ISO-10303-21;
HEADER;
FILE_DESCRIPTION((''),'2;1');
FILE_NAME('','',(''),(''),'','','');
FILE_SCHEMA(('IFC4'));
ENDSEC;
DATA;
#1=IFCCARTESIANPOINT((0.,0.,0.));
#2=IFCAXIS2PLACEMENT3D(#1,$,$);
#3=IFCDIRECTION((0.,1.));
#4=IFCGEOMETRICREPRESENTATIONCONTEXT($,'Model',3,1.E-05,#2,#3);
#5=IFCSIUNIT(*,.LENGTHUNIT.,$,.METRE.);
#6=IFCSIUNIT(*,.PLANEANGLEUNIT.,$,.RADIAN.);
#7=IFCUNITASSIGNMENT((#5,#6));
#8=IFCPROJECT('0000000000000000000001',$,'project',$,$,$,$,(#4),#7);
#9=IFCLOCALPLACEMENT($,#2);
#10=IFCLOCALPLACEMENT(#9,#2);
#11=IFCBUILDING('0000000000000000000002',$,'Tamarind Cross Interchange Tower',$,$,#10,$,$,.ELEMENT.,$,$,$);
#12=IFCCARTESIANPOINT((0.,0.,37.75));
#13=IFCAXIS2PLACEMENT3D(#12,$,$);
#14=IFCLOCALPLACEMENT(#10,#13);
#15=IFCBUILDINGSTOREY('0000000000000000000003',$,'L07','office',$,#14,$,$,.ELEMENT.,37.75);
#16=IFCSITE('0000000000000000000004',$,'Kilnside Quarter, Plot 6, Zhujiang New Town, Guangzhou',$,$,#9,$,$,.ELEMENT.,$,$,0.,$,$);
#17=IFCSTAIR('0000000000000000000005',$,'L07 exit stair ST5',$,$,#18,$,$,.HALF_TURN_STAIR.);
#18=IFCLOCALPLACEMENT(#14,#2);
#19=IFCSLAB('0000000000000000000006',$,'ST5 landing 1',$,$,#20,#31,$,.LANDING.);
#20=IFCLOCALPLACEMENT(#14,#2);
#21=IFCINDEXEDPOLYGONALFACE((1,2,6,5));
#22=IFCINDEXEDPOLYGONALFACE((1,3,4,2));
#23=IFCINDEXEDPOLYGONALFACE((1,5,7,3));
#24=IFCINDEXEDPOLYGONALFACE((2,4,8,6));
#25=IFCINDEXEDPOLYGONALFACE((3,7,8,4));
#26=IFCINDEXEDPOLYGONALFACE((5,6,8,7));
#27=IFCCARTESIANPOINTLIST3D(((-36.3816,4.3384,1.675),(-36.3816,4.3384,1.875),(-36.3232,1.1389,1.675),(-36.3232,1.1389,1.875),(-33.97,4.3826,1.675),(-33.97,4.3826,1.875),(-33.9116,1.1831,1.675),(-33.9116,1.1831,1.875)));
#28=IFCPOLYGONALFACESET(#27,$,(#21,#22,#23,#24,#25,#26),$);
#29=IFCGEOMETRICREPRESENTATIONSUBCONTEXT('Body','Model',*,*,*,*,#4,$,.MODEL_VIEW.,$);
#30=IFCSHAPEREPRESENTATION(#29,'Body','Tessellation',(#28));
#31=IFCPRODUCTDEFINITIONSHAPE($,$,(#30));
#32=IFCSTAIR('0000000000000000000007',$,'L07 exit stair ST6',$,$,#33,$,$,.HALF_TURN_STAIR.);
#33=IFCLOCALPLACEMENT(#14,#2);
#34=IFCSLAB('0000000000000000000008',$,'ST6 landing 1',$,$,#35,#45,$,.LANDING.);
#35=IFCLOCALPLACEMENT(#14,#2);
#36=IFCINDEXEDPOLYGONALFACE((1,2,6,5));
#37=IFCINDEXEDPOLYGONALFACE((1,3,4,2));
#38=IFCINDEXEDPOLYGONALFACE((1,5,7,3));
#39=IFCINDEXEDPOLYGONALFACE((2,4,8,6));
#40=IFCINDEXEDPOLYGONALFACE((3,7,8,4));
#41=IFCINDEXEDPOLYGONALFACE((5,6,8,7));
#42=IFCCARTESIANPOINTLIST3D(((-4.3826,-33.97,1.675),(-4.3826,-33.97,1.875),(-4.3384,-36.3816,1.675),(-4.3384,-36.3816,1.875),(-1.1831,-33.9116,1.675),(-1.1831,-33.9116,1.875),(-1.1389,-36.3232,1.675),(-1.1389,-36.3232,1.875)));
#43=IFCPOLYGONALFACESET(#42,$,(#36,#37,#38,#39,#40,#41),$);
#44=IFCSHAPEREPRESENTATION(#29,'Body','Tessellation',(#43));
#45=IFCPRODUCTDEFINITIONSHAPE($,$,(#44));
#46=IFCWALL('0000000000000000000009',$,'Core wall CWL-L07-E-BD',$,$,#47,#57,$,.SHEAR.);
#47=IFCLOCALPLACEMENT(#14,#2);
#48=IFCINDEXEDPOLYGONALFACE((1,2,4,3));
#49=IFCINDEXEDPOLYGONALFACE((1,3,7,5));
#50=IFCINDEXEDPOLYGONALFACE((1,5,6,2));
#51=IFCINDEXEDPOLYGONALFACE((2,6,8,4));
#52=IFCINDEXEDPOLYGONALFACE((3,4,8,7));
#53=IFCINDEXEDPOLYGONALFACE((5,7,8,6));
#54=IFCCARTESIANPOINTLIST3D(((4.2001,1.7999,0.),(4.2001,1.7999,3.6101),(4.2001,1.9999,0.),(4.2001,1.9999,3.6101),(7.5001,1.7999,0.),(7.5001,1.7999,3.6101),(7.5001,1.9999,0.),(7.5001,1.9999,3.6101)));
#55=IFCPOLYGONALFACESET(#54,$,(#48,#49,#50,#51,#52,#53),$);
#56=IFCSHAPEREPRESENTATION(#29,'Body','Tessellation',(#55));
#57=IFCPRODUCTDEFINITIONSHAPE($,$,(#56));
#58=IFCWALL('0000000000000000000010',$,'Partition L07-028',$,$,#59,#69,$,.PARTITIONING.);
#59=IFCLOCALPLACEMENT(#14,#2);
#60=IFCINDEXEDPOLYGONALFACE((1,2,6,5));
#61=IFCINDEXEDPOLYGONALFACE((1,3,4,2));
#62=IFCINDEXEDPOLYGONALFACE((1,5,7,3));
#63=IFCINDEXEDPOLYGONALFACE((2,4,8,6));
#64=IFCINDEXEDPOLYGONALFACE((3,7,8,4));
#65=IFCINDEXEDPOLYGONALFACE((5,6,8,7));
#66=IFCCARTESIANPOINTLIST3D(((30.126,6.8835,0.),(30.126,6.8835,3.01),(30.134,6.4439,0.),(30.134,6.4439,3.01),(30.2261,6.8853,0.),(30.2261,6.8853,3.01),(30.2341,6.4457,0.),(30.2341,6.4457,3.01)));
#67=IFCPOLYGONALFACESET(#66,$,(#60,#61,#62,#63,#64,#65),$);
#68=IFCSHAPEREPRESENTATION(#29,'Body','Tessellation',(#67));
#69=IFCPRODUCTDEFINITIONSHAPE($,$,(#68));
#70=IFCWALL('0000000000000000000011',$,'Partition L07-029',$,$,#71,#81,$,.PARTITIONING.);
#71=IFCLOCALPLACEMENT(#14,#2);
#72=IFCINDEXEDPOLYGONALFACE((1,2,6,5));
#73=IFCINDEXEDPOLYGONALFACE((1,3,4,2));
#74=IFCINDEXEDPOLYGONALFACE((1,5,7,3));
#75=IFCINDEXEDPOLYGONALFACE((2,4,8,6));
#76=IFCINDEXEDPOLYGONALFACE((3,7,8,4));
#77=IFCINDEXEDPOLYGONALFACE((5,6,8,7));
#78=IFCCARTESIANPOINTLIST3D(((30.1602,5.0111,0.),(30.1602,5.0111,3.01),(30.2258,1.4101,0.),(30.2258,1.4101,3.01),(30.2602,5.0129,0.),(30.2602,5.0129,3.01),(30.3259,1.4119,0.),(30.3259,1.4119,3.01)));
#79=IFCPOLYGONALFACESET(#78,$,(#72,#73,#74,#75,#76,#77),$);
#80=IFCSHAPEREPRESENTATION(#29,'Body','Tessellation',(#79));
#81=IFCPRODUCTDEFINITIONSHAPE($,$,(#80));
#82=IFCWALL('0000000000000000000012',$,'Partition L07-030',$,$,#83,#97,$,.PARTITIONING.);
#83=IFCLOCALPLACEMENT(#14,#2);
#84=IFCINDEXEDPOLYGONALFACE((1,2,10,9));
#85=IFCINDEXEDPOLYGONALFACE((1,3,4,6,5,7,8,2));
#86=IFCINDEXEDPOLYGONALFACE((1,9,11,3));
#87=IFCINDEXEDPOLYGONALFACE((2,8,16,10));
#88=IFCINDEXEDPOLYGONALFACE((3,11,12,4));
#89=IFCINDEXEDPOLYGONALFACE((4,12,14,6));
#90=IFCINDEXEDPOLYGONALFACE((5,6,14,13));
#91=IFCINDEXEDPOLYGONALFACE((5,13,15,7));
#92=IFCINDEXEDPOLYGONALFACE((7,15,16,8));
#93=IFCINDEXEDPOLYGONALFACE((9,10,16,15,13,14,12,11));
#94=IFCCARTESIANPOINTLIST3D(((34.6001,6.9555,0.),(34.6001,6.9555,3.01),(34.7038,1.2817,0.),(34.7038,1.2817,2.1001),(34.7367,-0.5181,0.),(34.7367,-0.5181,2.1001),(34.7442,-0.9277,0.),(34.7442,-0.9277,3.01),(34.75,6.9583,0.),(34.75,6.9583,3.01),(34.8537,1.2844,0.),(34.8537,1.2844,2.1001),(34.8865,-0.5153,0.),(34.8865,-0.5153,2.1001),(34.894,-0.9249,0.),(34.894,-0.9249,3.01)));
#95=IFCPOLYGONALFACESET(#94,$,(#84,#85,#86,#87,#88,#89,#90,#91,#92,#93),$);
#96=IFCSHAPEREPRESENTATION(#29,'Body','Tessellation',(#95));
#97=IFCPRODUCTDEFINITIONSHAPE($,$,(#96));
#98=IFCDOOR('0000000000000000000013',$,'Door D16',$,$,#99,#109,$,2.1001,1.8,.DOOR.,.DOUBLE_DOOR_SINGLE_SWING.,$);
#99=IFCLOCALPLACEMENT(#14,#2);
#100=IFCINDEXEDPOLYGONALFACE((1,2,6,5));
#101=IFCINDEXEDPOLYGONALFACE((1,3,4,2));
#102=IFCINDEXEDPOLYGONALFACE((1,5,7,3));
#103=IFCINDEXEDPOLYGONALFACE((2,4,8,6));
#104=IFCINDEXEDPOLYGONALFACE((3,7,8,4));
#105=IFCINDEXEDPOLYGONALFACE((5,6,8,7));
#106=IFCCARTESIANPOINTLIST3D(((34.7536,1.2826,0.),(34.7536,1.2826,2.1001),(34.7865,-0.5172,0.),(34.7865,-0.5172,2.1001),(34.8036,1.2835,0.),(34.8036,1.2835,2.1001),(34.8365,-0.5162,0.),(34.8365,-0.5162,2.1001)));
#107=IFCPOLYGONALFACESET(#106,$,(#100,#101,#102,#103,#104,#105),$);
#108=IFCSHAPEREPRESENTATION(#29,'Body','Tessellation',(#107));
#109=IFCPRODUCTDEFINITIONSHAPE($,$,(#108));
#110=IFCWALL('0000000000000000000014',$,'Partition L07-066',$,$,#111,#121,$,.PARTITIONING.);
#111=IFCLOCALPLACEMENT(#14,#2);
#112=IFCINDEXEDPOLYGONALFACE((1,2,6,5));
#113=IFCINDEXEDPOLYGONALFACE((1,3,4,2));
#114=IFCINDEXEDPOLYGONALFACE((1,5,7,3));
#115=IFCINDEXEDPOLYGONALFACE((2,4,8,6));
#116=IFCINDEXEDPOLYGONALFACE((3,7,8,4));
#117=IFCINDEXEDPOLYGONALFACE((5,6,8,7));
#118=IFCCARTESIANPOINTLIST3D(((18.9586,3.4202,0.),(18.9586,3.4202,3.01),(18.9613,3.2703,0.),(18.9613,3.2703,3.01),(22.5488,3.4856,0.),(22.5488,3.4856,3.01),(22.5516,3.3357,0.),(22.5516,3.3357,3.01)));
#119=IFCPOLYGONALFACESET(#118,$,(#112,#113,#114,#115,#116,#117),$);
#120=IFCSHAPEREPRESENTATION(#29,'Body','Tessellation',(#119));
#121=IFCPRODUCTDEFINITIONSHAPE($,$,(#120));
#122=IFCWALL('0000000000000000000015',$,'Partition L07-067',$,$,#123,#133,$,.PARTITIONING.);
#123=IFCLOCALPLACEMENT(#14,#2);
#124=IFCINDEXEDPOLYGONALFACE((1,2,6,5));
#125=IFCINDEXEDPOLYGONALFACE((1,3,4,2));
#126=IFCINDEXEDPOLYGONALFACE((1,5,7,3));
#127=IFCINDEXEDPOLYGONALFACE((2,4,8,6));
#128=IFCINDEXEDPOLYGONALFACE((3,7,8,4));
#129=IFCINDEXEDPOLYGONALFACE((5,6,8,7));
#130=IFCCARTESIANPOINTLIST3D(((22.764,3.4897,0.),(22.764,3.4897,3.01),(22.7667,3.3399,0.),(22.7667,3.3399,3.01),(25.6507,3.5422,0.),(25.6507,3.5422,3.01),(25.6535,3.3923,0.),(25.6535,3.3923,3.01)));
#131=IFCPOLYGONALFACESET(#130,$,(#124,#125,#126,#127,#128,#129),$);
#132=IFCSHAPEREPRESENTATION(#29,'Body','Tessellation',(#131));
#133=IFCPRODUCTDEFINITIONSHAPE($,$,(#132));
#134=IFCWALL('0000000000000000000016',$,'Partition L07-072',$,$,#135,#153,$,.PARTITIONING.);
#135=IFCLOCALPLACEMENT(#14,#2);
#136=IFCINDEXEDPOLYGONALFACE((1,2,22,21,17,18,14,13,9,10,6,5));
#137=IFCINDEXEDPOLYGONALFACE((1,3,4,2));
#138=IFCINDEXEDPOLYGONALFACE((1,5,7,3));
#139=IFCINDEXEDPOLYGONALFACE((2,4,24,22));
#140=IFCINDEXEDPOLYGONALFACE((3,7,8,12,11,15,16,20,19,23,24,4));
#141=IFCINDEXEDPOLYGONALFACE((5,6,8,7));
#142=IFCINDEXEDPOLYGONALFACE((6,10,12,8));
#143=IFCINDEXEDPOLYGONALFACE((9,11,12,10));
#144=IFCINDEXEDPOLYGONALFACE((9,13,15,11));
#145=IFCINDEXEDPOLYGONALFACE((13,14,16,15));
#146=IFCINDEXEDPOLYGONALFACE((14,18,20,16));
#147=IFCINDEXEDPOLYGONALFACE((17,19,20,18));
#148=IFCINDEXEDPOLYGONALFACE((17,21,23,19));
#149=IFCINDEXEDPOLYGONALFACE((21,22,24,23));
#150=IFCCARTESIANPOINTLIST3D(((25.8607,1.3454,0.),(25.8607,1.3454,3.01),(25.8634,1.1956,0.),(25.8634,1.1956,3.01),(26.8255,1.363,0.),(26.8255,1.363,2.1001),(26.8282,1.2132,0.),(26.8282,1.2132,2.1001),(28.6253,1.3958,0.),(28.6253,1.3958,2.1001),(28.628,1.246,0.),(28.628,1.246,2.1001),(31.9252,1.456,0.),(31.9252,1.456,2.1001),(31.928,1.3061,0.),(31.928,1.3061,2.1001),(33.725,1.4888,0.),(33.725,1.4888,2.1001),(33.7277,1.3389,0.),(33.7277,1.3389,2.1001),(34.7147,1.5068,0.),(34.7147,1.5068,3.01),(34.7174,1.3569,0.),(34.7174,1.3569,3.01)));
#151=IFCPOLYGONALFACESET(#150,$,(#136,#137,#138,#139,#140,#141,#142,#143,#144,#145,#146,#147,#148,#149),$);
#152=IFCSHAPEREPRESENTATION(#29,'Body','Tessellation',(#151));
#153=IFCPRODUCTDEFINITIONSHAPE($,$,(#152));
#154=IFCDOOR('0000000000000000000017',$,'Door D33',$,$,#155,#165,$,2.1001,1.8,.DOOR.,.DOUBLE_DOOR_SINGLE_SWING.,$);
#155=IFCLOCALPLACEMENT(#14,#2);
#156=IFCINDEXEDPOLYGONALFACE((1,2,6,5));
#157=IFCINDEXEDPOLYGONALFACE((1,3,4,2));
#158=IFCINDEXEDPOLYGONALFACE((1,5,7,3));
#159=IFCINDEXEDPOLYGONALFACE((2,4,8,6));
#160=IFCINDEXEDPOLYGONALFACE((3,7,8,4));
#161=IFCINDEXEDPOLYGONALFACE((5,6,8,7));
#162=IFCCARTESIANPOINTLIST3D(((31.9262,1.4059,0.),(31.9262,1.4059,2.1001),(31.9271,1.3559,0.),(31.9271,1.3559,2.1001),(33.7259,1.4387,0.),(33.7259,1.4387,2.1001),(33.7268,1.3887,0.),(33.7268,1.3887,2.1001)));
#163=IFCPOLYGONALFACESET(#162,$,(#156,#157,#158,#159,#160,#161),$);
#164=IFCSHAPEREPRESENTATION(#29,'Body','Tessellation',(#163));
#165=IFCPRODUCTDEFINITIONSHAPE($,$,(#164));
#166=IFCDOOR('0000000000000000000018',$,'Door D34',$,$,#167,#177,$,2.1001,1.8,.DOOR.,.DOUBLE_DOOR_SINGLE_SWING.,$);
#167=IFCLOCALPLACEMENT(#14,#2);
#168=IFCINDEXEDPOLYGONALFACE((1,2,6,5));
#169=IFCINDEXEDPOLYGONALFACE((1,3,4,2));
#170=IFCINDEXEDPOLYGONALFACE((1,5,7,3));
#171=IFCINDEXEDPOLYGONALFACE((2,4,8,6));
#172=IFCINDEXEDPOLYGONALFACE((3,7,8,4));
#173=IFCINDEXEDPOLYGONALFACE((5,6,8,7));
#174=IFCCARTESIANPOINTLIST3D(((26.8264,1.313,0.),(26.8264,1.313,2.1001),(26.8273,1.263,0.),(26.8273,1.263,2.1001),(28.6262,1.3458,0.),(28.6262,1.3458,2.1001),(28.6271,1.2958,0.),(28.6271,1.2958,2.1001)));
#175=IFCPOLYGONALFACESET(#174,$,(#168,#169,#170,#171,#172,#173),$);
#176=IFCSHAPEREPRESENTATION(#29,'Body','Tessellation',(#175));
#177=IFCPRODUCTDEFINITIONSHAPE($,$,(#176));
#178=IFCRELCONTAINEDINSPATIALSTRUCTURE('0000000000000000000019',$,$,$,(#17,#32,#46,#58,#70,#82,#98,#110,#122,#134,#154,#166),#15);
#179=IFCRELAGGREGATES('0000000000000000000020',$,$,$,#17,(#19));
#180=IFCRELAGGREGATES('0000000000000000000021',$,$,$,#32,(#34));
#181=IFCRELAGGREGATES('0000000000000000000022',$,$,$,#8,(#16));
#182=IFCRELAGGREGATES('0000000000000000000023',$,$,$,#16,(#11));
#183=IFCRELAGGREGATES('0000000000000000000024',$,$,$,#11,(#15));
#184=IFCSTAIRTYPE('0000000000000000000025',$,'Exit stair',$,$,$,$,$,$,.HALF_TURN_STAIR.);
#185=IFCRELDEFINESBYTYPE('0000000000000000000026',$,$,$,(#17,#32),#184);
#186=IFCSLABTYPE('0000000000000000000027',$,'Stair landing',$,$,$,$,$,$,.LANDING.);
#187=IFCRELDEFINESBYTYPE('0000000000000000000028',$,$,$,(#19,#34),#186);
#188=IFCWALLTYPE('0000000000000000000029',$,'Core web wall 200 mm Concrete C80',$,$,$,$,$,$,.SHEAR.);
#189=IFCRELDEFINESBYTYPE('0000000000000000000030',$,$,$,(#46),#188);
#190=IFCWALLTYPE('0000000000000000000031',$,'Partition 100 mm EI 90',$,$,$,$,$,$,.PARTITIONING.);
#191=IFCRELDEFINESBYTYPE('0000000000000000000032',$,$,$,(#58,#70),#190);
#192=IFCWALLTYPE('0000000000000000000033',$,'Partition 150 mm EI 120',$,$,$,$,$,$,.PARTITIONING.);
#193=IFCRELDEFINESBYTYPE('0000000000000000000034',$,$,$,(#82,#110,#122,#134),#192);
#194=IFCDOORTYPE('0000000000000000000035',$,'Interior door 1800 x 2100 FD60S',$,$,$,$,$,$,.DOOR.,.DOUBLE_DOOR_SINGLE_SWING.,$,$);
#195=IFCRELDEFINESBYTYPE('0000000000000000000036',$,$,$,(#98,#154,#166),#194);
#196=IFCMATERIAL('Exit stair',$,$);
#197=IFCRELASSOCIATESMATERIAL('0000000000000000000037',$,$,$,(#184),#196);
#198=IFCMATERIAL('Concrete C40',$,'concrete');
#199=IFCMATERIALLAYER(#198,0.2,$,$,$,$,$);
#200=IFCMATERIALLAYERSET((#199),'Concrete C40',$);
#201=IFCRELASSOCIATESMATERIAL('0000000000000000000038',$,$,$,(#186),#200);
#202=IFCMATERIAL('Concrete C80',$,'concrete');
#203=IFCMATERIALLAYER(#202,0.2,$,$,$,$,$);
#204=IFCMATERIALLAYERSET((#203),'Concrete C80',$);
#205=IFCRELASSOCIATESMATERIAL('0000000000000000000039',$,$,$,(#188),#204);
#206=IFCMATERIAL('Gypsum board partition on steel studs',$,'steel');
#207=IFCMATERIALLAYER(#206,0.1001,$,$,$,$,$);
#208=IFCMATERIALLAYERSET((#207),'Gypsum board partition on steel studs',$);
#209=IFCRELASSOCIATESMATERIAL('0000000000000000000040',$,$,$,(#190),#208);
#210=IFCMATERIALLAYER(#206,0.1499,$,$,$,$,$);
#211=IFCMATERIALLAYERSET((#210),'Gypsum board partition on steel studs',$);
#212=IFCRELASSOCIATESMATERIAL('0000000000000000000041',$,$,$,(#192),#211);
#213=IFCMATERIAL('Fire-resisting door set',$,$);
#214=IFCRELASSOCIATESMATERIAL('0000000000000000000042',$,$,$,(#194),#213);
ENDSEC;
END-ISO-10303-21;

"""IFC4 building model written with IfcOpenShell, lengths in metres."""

from ifc_helpers import new_model, si_unit, direction, frame, frame_2d, origin, place, context, subcontext, project, spatial, polyline, rectangle, outline, extrude, material, layer, layer_set, type_object, element, fill, aggregate, save


model = new_model("IFC4")

# Units and contexts
model_context = context("Model", 3, precision=1e-05, world=origin(), true_north=direction((0.0, 1.0)))
body_context = subcontext(model_context, "Body", "Model", "MODEL_VIEW")
ifc_project = project(units=[si_unit("LENGTHUNIT", "METRE"), si_unit("PLANEANGLEUNIT", "RADIAN")], contexts=[model_context])

# Site, building, storey
site_placement = place(None, origin())
site = spatial("IfcSite", under=ifc_project, at=site_placement, Name="Kilnside Quarter, Plot 6, Zhujiang New Town, Guangzhou", CompositionType="ELEMENT", RefElevation=0.0)
building_placement = place(site_placement, origin())
building = spatial("IfcBuilding", under=site, at=building_placement, Name="Tamarind Cross Interchange Tower", CompositionType="ELEMENT")
storey_placement = place(building_placement, frame((0.0, 0.0, 37.75)))
storey = spatial("IfcBuildingStorey", under=building, at=storey_placement, Name="L07", Description="office", CompositionType="ELEMENT", Elevation=37.75)

# Stairs, slabs
ifc_material_1 = material(Name="Exit stair")
stair_type = type_object("IfcStairType", Name="Exit stair", PredefinedType="HALF_TURN_STAIR", material=ifc_material_1)
ifc_material_2 = material(Name="Concrete C40", Category="concrete")
ifc_layer_1 = layer(ifc_material_2, 0.2)
ifc_layer_set_1 = layer_set([ifc_layer_1], Name="Concrete C40")
slab_type = type_object("IfcSlabType", Name="Stair landing", PredefinedType="LANDING", material=ifc_layer_set_1)
stair_1_placement = place(storey_placement, origin())
stair_1 = element("IfcStair", 1, at=stair_1_placement, inside=storey, type_object=stair_type, Name="L07 exit stair ST5", PredefinedType="HALF_TURN_STAIR")
slab_1_placement = place(storey_placement, frame((0.0, 0.0, 1.675)))
slab_1 = element("IfcSlab", 2, at=slab_1_placement, type_object=slab_type, Name="ST5 landing 1", PredefinedType="LANDING", context=body_context, shape_type="SweptSolid", body=[
    extrude(outline(polyline([(-33.97, 4.3826), (-36.3816, 4.3384), (-36.3232, 1.1389), (-33.9116, 1.1831), (-33.97, 4.3826)])), origin(), (0.0, 0.0, 1.0), 0.2),
])
aggregate(stair_1, [slab_1])
stair_2_placement = place(storey_placement, origin())
stair_2 = element("IfcStair", 3, at=stair_2_placement, inside=storey, type_object=stair_type, Name="L07 exit stair ST6", PredefinedType="HALF_TURN_STAIR")
slab_2_placement = place(storey_placement, frame((0.0, 0.0, 1.675)))
slab_2 = element("IfcSlab", 4, at=slab_2_placement, type_object=slab_type, Name="ST6 landing 1", PredefinedType="LANDING", context=body_context, shape_type="SweptSolid", body=[
    extrude(outline(polyline([(-4.3826, -33.97), (-4.3384, -36.3816), (-1.1389, -36.3232), (-1.1831, -33.9116), (-4.3826, -33.97)])), origin(), (0.0, 0.0, 1.0), 0.2),
])
aggregate(stair_2, [slab_2])

# Walls
ifc_material_3 = material(Name="Concrete C80", Category="concrete")
ifc_layer_2 = layer(ifc_material_3, 0.2)
ifc_layer_set_2 = layer_set([ifc_layer_2], Name="Concrete C80")
wall_type_1 = type_object("IfcWallType", Name="Core web wall 200 mm Concrete C80", PredefinedType="SHEAR", material=ifc_layer_set_2)
wall_1_placement = place(storey_placement, frame((7.5, 1.8999, 0.0), z_axis=(0.0, 0.0, 1.0), x_axis=(-1.0, 0.0, 0.0)))
element("IfcWall", 5, at=wall_1_placement, inside=storey, type_object=wall_type_1, Name="Core wall CWL-L07-E-BD", PredefinedType="SHEAR", context=body_context, shape_type="SweptSolid", body=[
    extrude(rectangle(XDim=3.3, YDim=0.2, at=frame_2d((1.6499, 0.0))), origin(), (0.0, 0.0, 1.0), 3.6101),
])
ifc_material_4 = material(Name="Gypsum board partition on steel studs", Category="steel")
ifc_layer_3 = layer(ifc_material_4, 0.1001)
ifc_layer_set_3 = layer_set([ifc_layer_3], Name="Gypsum board partition on steel studs")
wall_type_2 = type_object("IfcWallType", Name="Partition 100 mm EI 90", PredefinedType="PARTITIONING", material=ifc_layer_set_3)
wall_2_placement = place(storey_placement, frame((30.176, 6.8843, 0.0), z_axis=(0.0, 0.0, 1.0), x_axis=(0.01832, -0.999832, 0.0)))
element("IfcWall", 6, at=wall_2_placement, inside=storey, type_object=wall_type_2, Name="Partition L07-028", PredefinedType="PARTITIONING", context=body_context, shape_type="SweptSolid", body=[
    extrude(rectangle(XDim=0.4397, YDim=0.1001, at=frame_2d((0.2197, 0.0))), origin(), (0.0, 0.0, 1.0), 3.01),
])
wall_3_placement = place(storey_placement, frame((30.2102, 5.012, 0.0), z_axis=(0.0, 0.0, 1.0), x_axis=(0.018234, -0.999834, 0.0)))
element("IfcWall", 7, at=wall_3_placement, inside=storey, type_object=wall_type_2, Name="Partition L07-029", PredefinedType="PARTITIONING", context=body_context, shape_type="SweptSolid", body=[
    extrude(rectangle(XDim=3.6016, YDim=0.1001, at=frame_2d((1.8008, 0.0))), origin(), (0.0, 0.0, 1.0), 3.01),
])

# Wall, opening, door
ifc_layer_4 = layer(ifc_material_4, 0.1499)
ifc_layer_set_4 = layer_set([ifc_layer_4], Name="Gypsum board partition on steel studs")
wall_type_3 = type_object("IfcWallType", Name="Partition 150 mm EI 120", PredefinedType="PARTITIONING", material=ifc_layer_set_4)
wall_4_placement = place(storey_placement, frame((34.675, 6.957, 0.0), z_axis=(0.0, 0.0, 1.0), x_axis=(0.018269, -0.999833, 0.0)))
wall_4 = element("IfcWall", 8, at=wall_4_placement, inside=storey, type_object=wall_type_3, Name="Partition L07-030", PredefinedType="PARTITIONING", context=body_context, shape_type="SweptSolid", body=[
    extrude(rectangle(XDim=7.8845, YDim=0.1499, at=frame_2d((3.9424, 0.0))), origin(), (0.0, 0.0, 1.0), 3.01),
])
opening_1_placement = place(wall_4_placement, frame((5.675, 0.0, 0.0)))
opening_1 = element("IfcOpeningElement", 9, at=opening_1_placement, cuts=wall_4, PredefinedType="OPENING", context=body_context, shape_type="SweptSolid", body=[
    extrude(rectangle(XDim=1.8, YDim=2.1001, at=frame_2d((0.8999, 1.05))), frame((0.0, 0.085, 0.0), z_axis=(0.0, -1.0, 0.0), x_axis=(1.0, 0.0, 0.0)), (0.0, 0.0, 1.0), 0.1699),
])
ifc_material_5 = material(Name="Fire-resisting door set")
door_type_1 = type_object("IfcDoorType", Name="Interior door 1800 x 2100 FD60S", OperationType="DOUBLE_DOOR_SINGLE_SWING", PredefinedType="DOOR", material=ifc_material_5)
door_1_placement = place(opening_1_placement, origin())
door_1 = element("IfcDoor", 10, at=door_1_placement, inside=storey, type_object=door_type_1, Name="Door D16", OperationType="DOUBLE_DOOR_SINGLE_SWING", OverallHeight=2.1001, OverallWidth=1.8, PredefinedType="DOOR", context=body_context, shape_type="SweptSolid", body=[
    extrude(rectangle(XDim=1.8, YDim=2.1001, at=frame_2d((0.8999, 1.05))), frame((0.0, 0.0249, 0.0), z_axis=(0.0, -1.0, 0.0), x_axis=(1.0, 0.0, 0.0)), (0.0, 0.0, 1.0), 0.05),
])
fill(opening_1, door_1)

# Walls
wall_5_placement = place(storey_placement, frame((18.96, 3.3452, 0.0), z_axis=(0.0, 0.0, 1.0), x_axis=(0.999834, 0.018221, 0.0)))
element("IfcWall", 11, at=wall_5_placement, inside=storey, type_object=wall_type_3, Name="Partition L07-066", PredefinedType="PARTITIONING", context=body_context, shape_type="SweptSolid", body=[
    extrude(rectangle(XDim=3.5908, YDim=0.1499, at=frame_2d((1.7954, 0.0))), origin(), (0.0, 0.0, 1.0), 3.01),
])
wall_6_placement = place(storey_placement, frame((22.7654, 3.4148, 0.0), z_axis=(0.0, 0.0, 1.0), x_axis=(0.999835, 0.01818, 0.0)))
element("IfcWall", 12, at=wall_6_placement, inside=storey, type_object=wall_type_3, Name="Partition L07-067", PredefinedType="PARTITIONING", context=body_context, shape_type="SweptSolid", body=[
    extrude(rectangle(XDim=2.8872, YDim=0.1499, at=frame_2d((1.4436, 0.0))), origin(), (0.0, 0.0, 1.0), 3.01),
])

# Wall, openings, doors
wall_7_placement = place(storey_placement, frame((25.8621, 1.2705, 0.0), z_axis=(0.0, 0.0, 1.0), x_axis=(0.999834, 0.018223, 0.0)))
wall_7 = element("IfcWall", 13, at=wall_7_placement, inside=storey, type_object=wall_type_3, Name="Partition L07-072", PredefinedType="PARTITIONING", context=body_context, shape_type="SweptSolid", body=[
    extrude(rectangle(XDim=8.8555, YDim=0.1499, at=frame_2d((4.4277, 0.0))), origin(), (0.0, 0.0, 1.0), 3.01),
])
opening_2_placement = place(wall_7_placement, frame((6.0657, 0.0, 0.0)))
opening_2 = element("IfcOpeningElement", 14, at=opening_2_placement, cuts=wall_7, PredefinedType="OPENING", context=body_context, shape_type="SweptSolid", body=[
    extrude(rectangle(XDim=1.8, YDim=2.1001, at=frame_2d((0.8999, 1.05))), frame((0.0, 0.085, 0.0), z_axis=(0.0, -1.0, 0.0), x_axis=(1.0, 0.0, 0.0)), (0.0, 0.0, 1.0), 0.1699),
])
opening_3_placement = place(wall_7_placement, frame((0.9651, 0.0, 0.0)))
opening_3 = element("IfcOpeningElement", 15, at=opening_3_placement, cuts=wall_7, PredefinedType="OPENING", context=body_context, shape_type="SweptSolid", body=[
    extrude(rectangle(XDim=1.8, YDim=2.1001, at=frame_2d((0.8999, 1.05))), frame((0.0, 0.085, 0.0), z_axis=(0.0, -1.0, 0.0), x_axis=(1.0, 0.0, 0.0)), (0.0, 0.0, 1.0), 0.1699),
])
door_2_placement = place(opening_2_placement, origin())
door_2 = element("IfcDoor", 16, at=door_2_placement, inside=storey, type_object=door_type_1, Name="Door D33", OperationType="DOUBLE_DOOR_SINGLE_SWING", OverallHeight=2.1001, OverallWidth=1.8, PredefinedType="DOOR", context=body_context, shape_type="SweptSolid", body=[
    extrude(rectangle(XDim=1.8, YDim=2.1001, at=frame_2d((0.8999, 1.05))), frame((0.0, 0.0249, 0.0), z_axis=(0.0, -1.0, 0.0), x_axis=(1.0, 0.0, 0.0)), (0.0, 0.0, 1.0), 0.05),
])
fill(opening_2, door_2)
door_3_placement = place(opening_3_placement, origin())
door_3 = element("IfcDoor", 17, at=door_3_placement, inside=storey, type_object=door_type_1, Name="Door D34", OperationType="DOUBLE_DOOR_SINGLE_SWING", OverallHeight=2.1001, OverallWidth=1.8, PredefinedType="DOOR", context=body_context, shape_type="SweptSolid", body=[
    extrude(rectangle(XDim=1.8, YDim=2.1001, at=frame_2d((0.8999, 1.05))), frame((0.0, 0.0249, 0.0), z_axis=(0.0, -1.0, 0.0), x_axis=(1.0, 0.0, 0.0)), (0.0, 0.0, 1.0), 0.05),
])
fill(opening_3, door_3)

save(model, "model.ifc")
